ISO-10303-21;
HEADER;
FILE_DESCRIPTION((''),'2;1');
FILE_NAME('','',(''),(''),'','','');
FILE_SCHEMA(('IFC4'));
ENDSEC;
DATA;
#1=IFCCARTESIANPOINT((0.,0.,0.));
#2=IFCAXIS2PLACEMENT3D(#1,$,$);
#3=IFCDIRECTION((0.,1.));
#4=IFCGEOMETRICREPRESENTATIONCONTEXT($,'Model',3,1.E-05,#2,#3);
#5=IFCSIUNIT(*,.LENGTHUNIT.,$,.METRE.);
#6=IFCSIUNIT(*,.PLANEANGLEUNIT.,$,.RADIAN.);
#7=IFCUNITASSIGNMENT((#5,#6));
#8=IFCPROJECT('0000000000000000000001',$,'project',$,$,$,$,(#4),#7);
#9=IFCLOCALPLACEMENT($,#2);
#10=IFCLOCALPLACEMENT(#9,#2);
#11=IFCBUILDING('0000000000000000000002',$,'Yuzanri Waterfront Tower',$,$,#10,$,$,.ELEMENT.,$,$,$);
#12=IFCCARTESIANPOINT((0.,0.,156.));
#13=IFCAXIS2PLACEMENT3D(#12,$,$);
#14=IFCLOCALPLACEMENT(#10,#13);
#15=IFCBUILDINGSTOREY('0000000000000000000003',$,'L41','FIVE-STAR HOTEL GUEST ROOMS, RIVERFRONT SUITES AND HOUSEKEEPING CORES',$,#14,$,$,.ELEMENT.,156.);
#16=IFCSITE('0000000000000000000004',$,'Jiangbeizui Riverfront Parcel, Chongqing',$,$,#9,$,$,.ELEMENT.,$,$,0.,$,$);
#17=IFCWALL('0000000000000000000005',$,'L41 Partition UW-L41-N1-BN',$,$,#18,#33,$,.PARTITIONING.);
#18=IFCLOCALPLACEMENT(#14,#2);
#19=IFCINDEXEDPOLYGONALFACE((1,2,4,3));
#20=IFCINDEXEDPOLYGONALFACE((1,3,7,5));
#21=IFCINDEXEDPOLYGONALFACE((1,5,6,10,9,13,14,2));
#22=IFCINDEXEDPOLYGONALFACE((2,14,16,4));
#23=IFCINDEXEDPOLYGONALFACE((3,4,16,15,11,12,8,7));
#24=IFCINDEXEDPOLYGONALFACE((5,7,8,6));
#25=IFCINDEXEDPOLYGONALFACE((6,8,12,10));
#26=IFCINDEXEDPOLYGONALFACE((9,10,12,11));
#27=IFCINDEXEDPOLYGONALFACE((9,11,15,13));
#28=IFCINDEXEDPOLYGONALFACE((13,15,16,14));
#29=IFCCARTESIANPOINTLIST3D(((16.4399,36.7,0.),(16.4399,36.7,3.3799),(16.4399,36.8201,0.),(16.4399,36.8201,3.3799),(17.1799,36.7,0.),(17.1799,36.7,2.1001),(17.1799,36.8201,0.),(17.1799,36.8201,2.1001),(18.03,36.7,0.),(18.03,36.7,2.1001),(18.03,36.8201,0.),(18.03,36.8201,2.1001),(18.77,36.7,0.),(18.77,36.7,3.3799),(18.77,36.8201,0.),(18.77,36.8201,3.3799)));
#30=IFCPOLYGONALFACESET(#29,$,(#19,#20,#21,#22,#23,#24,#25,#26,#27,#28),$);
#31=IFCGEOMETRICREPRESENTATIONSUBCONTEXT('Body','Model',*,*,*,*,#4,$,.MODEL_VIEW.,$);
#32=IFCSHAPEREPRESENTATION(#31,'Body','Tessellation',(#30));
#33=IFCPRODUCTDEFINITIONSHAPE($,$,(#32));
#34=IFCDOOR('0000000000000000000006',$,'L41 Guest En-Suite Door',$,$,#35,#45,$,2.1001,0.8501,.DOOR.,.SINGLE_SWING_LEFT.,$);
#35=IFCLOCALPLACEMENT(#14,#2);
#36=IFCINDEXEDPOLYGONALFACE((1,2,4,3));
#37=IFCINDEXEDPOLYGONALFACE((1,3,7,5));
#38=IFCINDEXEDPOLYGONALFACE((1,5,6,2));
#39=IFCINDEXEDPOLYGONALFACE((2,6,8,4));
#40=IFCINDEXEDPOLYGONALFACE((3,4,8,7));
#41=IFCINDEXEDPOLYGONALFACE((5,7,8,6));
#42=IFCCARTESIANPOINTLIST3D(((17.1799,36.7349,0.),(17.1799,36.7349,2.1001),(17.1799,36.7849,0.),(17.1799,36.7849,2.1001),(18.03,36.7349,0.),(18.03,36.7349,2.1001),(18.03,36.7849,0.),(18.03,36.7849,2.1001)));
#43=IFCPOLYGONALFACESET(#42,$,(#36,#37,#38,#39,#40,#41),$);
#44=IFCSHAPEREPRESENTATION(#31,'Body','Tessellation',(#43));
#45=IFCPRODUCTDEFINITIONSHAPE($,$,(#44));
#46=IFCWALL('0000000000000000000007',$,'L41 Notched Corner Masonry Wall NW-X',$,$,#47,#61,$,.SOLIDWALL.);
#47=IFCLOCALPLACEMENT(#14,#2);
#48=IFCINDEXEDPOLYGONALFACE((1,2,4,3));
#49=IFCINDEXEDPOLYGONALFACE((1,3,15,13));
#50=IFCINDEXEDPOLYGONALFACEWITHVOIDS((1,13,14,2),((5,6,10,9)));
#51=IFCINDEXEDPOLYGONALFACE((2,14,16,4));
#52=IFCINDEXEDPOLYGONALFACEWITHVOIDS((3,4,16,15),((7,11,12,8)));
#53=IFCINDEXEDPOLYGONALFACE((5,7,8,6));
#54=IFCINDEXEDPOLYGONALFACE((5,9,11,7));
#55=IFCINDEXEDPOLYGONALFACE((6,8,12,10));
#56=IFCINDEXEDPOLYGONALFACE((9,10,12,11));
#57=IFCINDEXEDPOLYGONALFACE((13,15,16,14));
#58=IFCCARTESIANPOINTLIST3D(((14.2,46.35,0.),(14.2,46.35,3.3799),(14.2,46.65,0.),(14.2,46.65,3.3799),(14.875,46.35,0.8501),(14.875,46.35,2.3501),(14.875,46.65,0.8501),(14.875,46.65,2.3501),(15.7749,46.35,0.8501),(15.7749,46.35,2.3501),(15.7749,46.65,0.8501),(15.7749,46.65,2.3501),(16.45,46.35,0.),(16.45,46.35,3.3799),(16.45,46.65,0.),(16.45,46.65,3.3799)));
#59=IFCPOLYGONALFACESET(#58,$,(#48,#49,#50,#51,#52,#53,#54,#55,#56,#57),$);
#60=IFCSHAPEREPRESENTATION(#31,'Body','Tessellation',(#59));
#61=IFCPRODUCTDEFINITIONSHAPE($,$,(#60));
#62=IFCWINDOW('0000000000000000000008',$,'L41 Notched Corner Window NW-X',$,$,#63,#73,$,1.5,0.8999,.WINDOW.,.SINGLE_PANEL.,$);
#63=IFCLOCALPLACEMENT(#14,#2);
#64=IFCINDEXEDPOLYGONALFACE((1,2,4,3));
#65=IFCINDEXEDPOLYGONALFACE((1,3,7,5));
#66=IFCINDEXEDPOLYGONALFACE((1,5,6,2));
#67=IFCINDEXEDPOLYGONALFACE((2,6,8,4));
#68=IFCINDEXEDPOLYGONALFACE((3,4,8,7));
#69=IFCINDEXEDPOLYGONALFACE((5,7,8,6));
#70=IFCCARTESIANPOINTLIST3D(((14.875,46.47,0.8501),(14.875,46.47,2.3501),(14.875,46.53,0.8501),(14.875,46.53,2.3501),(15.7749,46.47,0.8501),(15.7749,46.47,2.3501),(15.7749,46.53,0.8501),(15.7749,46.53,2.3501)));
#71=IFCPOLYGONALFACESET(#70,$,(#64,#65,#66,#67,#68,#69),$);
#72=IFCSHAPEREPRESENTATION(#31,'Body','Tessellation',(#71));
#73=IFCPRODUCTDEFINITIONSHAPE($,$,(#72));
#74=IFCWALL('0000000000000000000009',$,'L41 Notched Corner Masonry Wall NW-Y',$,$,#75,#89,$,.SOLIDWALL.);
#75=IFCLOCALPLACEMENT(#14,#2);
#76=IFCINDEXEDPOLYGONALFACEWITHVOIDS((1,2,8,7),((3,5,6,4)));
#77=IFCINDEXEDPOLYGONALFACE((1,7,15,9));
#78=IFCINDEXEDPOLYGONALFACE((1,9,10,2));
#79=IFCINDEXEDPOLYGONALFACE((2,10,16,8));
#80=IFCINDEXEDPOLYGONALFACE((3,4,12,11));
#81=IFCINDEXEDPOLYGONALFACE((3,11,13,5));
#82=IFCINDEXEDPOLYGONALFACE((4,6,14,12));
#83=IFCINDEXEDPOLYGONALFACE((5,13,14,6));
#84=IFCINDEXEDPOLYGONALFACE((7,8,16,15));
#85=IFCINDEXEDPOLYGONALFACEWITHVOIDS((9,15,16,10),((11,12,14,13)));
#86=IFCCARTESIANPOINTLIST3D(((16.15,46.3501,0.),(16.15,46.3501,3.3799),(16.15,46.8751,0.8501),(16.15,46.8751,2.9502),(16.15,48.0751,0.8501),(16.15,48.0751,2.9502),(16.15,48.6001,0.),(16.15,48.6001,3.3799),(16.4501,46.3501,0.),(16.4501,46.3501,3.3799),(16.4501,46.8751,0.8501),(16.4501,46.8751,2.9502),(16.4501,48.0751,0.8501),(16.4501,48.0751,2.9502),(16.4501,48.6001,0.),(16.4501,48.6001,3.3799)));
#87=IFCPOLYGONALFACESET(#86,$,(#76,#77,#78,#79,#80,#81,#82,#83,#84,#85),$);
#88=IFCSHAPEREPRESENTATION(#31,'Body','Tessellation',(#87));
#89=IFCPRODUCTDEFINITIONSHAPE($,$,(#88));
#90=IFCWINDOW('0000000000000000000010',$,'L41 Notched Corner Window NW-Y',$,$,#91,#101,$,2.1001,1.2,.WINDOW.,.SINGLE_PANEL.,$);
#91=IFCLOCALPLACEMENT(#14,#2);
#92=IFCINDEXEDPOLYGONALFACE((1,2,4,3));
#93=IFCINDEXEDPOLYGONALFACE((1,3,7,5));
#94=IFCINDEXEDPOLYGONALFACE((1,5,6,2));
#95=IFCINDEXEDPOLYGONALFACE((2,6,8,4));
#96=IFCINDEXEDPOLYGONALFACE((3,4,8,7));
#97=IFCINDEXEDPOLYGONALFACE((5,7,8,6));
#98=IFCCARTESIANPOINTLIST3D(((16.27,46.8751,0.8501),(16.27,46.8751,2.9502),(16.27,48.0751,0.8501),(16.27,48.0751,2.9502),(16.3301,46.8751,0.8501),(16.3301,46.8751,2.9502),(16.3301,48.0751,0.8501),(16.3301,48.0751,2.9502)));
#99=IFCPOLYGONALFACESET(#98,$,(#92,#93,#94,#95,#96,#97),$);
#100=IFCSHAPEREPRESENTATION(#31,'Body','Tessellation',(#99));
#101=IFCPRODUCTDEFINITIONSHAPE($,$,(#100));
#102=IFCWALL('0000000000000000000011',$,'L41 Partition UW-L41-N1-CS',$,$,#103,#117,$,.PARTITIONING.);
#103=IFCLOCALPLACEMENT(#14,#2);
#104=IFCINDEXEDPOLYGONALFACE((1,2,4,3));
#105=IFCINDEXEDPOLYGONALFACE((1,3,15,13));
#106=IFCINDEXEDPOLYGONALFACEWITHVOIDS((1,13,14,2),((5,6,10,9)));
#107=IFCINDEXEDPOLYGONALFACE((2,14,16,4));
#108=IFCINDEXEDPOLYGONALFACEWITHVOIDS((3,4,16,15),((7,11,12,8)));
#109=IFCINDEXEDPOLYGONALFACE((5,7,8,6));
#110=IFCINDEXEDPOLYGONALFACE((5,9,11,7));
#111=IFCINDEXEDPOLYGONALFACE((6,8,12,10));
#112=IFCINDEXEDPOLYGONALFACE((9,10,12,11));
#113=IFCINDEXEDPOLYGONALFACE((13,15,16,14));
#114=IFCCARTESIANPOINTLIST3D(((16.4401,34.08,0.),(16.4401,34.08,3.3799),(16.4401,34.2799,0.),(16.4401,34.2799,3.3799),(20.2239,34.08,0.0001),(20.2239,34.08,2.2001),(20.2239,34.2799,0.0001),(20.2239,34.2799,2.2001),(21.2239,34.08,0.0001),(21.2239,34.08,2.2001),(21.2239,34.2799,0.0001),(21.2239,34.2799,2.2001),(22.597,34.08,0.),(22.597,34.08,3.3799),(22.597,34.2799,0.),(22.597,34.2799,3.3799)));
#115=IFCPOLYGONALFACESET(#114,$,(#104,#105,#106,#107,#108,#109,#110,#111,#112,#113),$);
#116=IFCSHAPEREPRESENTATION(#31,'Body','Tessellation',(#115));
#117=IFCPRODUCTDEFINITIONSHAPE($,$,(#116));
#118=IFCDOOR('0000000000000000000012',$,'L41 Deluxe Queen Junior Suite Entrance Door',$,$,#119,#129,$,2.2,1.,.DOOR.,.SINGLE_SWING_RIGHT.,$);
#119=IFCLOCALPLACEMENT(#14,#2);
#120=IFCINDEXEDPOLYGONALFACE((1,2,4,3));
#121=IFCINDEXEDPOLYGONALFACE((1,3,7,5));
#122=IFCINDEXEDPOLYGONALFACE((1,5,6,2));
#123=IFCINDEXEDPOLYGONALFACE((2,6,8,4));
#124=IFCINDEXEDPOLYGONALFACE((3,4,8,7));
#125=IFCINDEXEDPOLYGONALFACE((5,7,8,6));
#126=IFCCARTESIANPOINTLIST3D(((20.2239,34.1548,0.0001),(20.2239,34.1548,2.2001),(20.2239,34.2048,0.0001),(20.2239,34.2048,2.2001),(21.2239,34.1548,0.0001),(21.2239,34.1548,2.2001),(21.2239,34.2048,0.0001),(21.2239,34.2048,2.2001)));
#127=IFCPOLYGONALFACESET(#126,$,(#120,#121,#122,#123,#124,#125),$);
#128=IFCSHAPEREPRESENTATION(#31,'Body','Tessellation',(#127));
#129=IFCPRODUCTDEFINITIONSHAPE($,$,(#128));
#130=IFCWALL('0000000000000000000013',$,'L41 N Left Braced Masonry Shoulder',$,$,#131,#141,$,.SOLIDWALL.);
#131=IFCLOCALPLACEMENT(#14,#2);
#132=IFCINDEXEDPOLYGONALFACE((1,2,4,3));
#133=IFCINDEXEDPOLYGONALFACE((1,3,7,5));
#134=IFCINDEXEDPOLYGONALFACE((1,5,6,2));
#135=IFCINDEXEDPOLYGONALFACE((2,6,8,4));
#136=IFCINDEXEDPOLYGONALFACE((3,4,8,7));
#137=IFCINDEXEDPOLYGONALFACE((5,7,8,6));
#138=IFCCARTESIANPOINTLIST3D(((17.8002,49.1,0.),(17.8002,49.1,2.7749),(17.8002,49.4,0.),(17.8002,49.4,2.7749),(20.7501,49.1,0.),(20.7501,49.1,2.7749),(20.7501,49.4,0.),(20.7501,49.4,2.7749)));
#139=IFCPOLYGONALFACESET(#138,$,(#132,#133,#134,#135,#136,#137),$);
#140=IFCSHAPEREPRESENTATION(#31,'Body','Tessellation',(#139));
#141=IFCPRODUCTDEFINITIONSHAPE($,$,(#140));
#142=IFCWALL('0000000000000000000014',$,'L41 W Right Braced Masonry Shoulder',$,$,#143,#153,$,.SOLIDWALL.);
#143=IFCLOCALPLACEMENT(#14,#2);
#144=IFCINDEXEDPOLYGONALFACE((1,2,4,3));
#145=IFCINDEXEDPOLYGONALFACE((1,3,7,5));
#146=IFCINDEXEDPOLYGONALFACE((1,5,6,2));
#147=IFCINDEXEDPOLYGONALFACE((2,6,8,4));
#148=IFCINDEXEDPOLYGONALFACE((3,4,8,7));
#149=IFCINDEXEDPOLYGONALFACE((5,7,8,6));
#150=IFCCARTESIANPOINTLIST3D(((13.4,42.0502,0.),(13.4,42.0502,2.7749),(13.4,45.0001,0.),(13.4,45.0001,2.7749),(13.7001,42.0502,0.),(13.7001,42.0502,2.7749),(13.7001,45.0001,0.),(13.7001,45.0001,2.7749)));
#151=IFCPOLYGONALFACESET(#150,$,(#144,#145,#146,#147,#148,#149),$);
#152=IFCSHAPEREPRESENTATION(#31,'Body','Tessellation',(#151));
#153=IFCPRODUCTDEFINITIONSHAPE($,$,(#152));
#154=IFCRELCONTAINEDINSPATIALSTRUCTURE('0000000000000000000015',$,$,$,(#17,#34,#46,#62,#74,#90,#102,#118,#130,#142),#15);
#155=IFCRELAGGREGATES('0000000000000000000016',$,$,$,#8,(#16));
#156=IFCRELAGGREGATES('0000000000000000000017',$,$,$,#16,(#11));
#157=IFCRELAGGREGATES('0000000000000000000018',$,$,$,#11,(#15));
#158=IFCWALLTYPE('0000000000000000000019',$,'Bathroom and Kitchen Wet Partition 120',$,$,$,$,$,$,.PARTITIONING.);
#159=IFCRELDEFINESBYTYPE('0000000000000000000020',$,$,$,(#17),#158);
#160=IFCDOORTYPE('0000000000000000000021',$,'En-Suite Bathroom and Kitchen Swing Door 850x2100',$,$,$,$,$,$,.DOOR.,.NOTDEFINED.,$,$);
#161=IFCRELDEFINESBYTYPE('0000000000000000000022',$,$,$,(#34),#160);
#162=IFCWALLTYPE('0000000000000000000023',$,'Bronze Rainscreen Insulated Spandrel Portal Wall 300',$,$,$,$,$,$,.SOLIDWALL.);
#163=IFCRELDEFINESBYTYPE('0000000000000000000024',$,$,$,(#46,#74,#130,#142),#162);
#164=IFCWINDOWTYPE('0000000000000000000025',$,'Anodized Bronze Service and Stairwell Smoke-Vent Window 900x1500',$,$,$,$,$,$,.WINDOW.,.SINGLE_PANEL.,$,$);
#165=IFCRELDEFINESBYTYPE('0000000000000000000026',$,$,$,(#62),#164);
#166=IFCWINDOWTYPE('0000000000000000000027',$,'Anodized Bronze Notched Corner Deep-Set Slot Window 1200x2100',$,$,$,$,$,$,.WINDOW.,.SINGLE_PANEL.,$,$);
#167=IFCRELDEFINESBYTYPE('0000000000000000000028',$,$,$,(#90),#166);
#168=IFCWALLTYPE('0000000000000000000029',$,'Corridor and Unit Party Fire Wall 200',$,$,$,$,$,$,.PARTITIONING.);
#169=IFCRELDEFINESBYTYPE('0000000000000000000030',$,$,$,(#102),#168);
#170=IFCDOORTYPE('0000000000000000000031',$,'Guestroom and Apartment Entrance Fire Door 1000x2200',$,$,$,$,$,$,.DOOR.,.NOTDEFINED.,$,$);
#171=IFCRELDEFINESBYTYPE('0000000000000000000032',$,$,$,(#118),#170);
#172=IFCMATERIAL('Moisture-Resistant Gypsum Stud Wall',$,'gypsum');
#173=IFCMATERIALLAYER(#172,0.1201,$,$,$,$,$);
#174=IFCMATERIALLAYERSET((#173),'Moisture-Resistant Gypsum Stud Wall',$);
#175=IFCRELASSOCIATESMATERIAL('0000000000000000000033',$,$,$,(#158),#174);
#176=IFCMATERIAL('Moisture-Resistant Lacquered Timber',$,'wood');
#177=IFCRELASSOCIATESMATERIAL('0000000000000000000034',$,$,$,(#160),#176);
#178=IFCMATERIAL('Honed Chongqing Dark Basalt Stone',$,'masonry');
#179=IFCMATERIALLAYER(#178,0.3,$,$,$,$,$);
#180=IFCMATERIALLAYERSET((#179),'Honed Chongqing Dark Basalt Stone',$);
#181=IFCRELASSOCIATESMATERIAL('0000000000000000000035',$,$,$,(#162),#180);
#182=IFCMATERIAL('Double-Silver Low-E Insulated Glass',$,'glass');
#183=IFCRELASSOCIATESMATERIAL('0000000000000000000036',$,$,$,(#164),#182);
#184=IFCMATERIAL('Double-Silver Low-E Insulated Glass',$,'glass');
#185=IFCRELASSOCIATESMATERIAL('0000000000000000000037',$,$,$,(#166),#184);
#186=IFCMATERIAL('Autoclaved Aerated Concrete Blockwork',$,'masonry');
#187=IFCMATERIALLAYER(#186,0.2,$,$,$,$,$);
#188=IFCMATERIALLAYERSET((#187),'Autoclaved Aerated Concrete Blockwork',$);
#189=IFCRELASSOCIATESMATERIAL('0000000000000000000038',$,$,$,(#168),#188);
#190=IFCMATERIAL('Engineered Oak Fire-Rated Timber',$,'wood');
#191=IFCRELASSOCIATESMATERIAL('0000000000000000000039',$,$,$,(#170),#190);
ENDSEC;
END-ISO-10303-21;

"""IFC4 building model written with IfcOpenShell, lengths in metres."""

from ifc_helpers import new_model, si_unit, direction, frame, frame_2d, origin, place, context, subcontext, project, spatial, rectangle, extrude, source, transform, mapped, material, layer, layer_set, type_object, element, fill, save


model = new_model("IFC4")

# Units and contexts
model_context = context("Model", 3, precision=1e-05, world=origin(), true_north=direction((0.0, 1.0)))
body_context = subcontext(model_context, "Body", "Model", "MODEL_VIEW")
ifc_project = project(units=[si_unit("LENGTHUNIT", "METRE"), si_unit("PLANEANGLEUNIT", "RADIAN")], contexts=[model_context])

# Site, building, storey
site_placement = place(None, origin())
site = spatial("IfcSite", under=ifc_project, at=site_placement, Name="Jiangbeizui Riverfront Parcel, Chongqing", CompositionType="ELEMENT", RefElevation=0.0)
building_placement = place(site_placement, origin())
building = spatial("IfcBuilding", under=site, at=building_placement, Name="Yuzanri Waterfront Tower", CompositionType="ELEMENT")
storey_placement = place(building_placement, frame((0.0, 0.0, 156.0)))
storey = spatial("IfcBuildingStorey", under=building, at=storey_placement, Name="L41", Description="FIVE-STAR HOTEL GUEST ROOMS, RIVERFRONT SUITES AND HOUSEKEEPING CORES", CompositionType="ELEMENT", Elevation=156.0)

# Wall, opening, door
ifc_material_1 = material(Name="Moisture-Resistant Gypsum Stud Wall", Category="gypsum")
ifc_layer_1 = layer(ifc_material_1, 0.1201)
ifc_layer_set_1 = layer_set([ifc_layer_1], Name="Moisture-Resistant Gypsum Stud Wall")
wall_type_1 = type_object("IfcWallType", Name="Bathroom and Kitchen Wet Partition 120", PredefinedType="PARTITIONING", material=ifc_layer_set_1)
wall_1_placement = place(storey_placement, frame((16.4399, 36.76, 0.0), z_axis=(0.0, 0.0, 1.0), x_axis=(1.0, 0.0, 0.0)))
wall_1 = element("IfcWall", 1, at=wall_1_placement, inside=storey, type_object=wall_type_1, Name="L41 Partition UW-L41-N1-BN", PredefinedType="PARTITIONING", context=body_context, shape_type="SweptSolid", body=[
    extrude(rectangle(XDim=2.3301, YDim=0.1201, at=frame_2d((1.165, 0.0))), origin(), (0.0, 0.0, 1.0), 3.3799),
])
opening_1_placement = place(wall_1_placement, frame((0.74, 0.0, 0.0)))
opening_1 = element("IfcOpeningElement", 2, at=opening_1_placement, cuts=wall_1, PredefinedType="OPENING", context=body_context, shape_type="SweptSolid", body=[
    extrude(rectangle(XDim=0.8501, YDim=2.1001, at=frame_2d((0.425, 1.05))), frame((0.0, 0.075, 0.0), z_axis=(0.0, -1.0, 0.0), x_axis=(1.0, 0.0, 0.0)), (0.0, 0.0, 1.0), 0.1499),
])
ifc_material_2 = material(Name="Moisture-Resistant Lacquered Timber", Category="wood")
door_type_1 = type_object("IfcDoorType", Name="En-Suite Bathroom and Kitchen Swing Door 850x2100", OperationType="NOTDEFINED", PredefinedType="DOOR", material=ifc_material_2)
shared_shape_1 = source(origin(), body_context, "Body", "SweptSolid", [
    extrude(rectangle(XDim=0.8501, YDim=2.1001, at=frame_2d((0.425, 1.05))), frame((0.0, 0.0249, 0.0), z_axis=(0.0, -1.0, 0.0), x_axis=(1.0, 0.0, 0.0)), (0.0, 0.0, 1.0), 0.05),
])
door_1_placement = place(opening_1_placement, origin())
door_1 = element("IfcDoor", 3, at=door_1_placement, inside=storey, type_object=door_type_1, Name="L41 Guest En-Suite Door", OperationType="SINGLE_SWING_LEFT", OverallHeight=2.1001, OverallWidth=0.8501, PredefinedType="DOOR", context=body_context, shape_type="MappedRepresentation", body=[
    mapped(shared_shape_1, transform((0.0, 0.0, 0.0), scale=1.0)),
])
fill(opening_1, door_1)

# Walls, openings, windows
ifc_material_3 = material(Name="Honed Chongqing Dark Basalt Stone", Category="masonry")
ifc_layer_2 = layer(ifc_material_3, 0.3)
ifc_layer_set_2 = layer_set([ifc_layer_2], Name="Honed Chongqing Dark Basalt Stone")
wall_type_2 = type_object("IfcWallType", Name="Bronze Rainscreen Insulated Spandrel Portal Wall 300", PredefinedType="SOLIDWALL", material=ifc_layer_set_2)
wall_2_placement = place(storey_placement, frame((16.45, 46.5, 0.0), z_axis=(0.0, 0.0, 1.0), x_axis=(-1.0, 0.0, 0.0)))
wall_2 = element("IfcWall", 4, at=wall_2_placement, inside=storey, type_object=wall_type_2, Name="L41 Notched Corner Masonry Wall NW-X", PredefinedType="SOLIDWALL", context=body_context, shape_type="SweptSolid", body=[
    extrude(rectangle(XDim=2.25, YDim=0.3, at=frame_2d((1.125, 0.0))), origin(), (0.0, 0.0, 1.0), 3.3799),
])
opening_2_placement = place(wall_2_placement, frame((0.675, 0.0, 0.8501)))
opening_2 = element("IfcOpeningElement", 5, at=opening_2_placement, cuts=wall_2, PredefinedType="OPENING", context=body_context, shape_type="SweptSolid", body=[
    extrude(rectangle(XDim=0.8999, YDim=1.5, at=frame_2d((0.45, 0.75))), frame((0.0, 0.165, 0.0), z_axis=(0.0, -1.0, 0.0), x_axis=(1.0, 0.0, 0.0)), (0.0, 0.0, 1.0), 0.3298),
])
ifc_material_4 = material(Name="Double-Silver Low-E Insulated Glass", Category="glass")
window_type_1 = type_object("IfcWindowType", Name="Anodized Bronze Service and Stairwell Smoke-Vent Window 900x1500", PartitioningType="SINGLE_PANEL", PredefinedType="WINDOW", material=ifc_material_4)
shared_shape_2 = source(origin(), body_context, "Body", "SweptSolid", [
    extrude(rectangle(XDim=0.8999, YDim=1.5, at=frame_2d((0.45, 0.75))), frame((0.0, 0.03, 0.0), z_axis=(0.0, -1.0, 0.0), x_axis=(1.0, 0.0, 0.0)), (0.0, 0.0, 1.0), 0.0601),
])
window_1_placement = place(opening_2_placement, origin())
window_1 = element("IfcWindow", 6, at=window_1_placement, inside=storey, type_object=window_type_1, Name="L41 Notched Corner Window NW-X", OverallHeight=1.5, OverallWidth=0.8999, PartitioningType="SINGLE_PANEL", PredefinedType="WINDOW", context=body_context, shape_type="MappedRepresentation", body=[
    mapped(shared_shape_2, transform((0.0, 0.0, 0.0), scale=1.0)),
])
fill(opening_2, window_1)
wall_3_placement = place(storey_placement, frame((16.3, 48.6001, 0.0), z_axis=(0.0, 0.0, 1.0), x_axis=(0.0, -1.0, 0.0)))
wall_3 = element("IfcWall", 7, at=wall_3_placement, inside=storey, type_object=wall_type_2, Name="L41 Notched Corner Masonry Wall NW-Y", PredefinedType="SOLIDWALL", context=body_context, shape_type="SweptSolid", body=[
    extrude(rectangle(XDim=2.25, YDim=0.3, at=frame_2d((1.125, 0.0))), origin(), (0.0, 0.0, 1.0), 3.3799),
])
opening_3_placement = place(wall_3_placement, frame((0.5249, 0.0, 0.8501)))
opening_3 = element("IfcOpeningElement", 8, at=opening_3_placement, cuts=wall_3, PredefinedType="OPENING", context=body_context, shape_type="SweptSolid", body=[
    extrude(rectangle(XDim=1.2, YDim=2.1001, at=frame_2d((0.6001, 1.05))), frame((0.0, 0.165, 0.0), z_axis=(0.0, -1.0, 0.0), x_axis=(1.0, 0.0, 0.0)), (0.0, 0.0, 1.0), 0.3298),
])
ifc_material_5 = material(Name="Double-Silver Low-E Insulated Glass", Category="glass")
window_type_2 = type_object("IfcWindowType", Name="Anodized Bronze Notched Corner Deep-Set Slot Window 1200x2100", PartitioningType="SINGLE_PANEL", PredefinedType="WINDOW", material=ifc_material_5)
shared_shape_3 = source(origin(), body_context, "Body", "SweptSolid", [
    extrude(rectangle(XDim=1.2, YDim=2.1001, at=frame_2d((0.6001, 1.05))), frame((0.0, 0.03, 0.0), z_axis=(0.0, -1.0, 0.0), x_axis=(1.0, 0.0, 0.0)), (0.0, 0.0, 1.0), 0.0601),
])
window_2_placement = place(opening_3_placement, origin())
window_2 = element("IfcWindow", 9, at=window_2_placement, inside=storey, type_object=window_type_2, Name="L41 Notched Corner Window NW-Y", OverallHeight=2.1001, OverallWidth=1.2, PartitioningType="SINGLE_PANEL", PredefinedType="WINDOW", context=body_context, shape_type="MappedRepresentation", body=[
    mapped(shared_shape_3, transform((0.0, 0.0, 0.0), scale=1.0)),
])
fill(opening_3, window_2)

# Wall, opening, door
ifc_material_6 = material(Name="Autoclaved Aerated Concrete Blockwork", Category="masonry")
ifc_layer_3 = layer(ifc_material_6, 0.2)
ifc_layer_set_3 = layer_set([ifc_layer_3], Name="Autoclaved Aerated Concrete Blockwork")
wall_type_3 = type_object("IfcWallType", Name="Corridor and Unit Party Fire Wall 200", PredefinedType="PARTITIONING", material=ifc_layer_set_3)
wall_4_placement = place(storey_placement, frame((16.4399, 34.1799, 0.0), z_axis=(0.0, 0.0, 1.0), x_axis=(1.0, 0.0, 0.0)))
wall_4 = element("IfcWall", 10, at=wall_4_placement, inside=storey, type_object=wall_type_3, Name="L41 Partition UW-L41-N1-CS", PredefinedType="PARTITIONING", context=body_context, shape_type="SweptSolid", body=[
    extrude(rectangle(XDim=6.157, YDim=0.2, at=frame_2d((3.0786, 0.0))), origin(), (0.0, 0.0, 1.0), 3.3799),
])
opening_4_placement = place(wall_4_placement, frame((3.7839, 0.0, 0.0)))
opening_4 = element("IfcOpeningElement", 11, at=opening_4_placement, cuts=wall_4, PredefinedType="OPENING", context=body_context, shape_type="SweptSolid", body=[
    extrude(rectangle(XDim=1.0, YDim=2.2, at=frame_2d((0.5, 1.1001))), frame((0.0, 0.1147, 0.0), z_axis=(0.0, -1.0, 0.0), x_axis=(1.0, 0.0, 0.0)), (0.0, 0.0, 1.0), 0.2297),
])
ifc_material_7 = material(Name="Engineered Oak Fire-Rated Timber", Category="wood")
door_type_2 = type_object("IfcDoorType", Name="Guestroom and Apartment Entrance Fire Door 1000x2200", OperationType="NOTDEFINED", PredefinedType="DOOR", material=ifc_material_7)
shared_shape_4 = source(origin(), body_context, "Body", "SweptSolid", [
    extrude(rectangle(XDim=1.0, YDim=2.2, at=frame_2d((0.5, 1.1001))), frame((0.0, 0.0249, 0.0), z_axis=(0.0, -1.0, 0.0), x_axis=(1.0, 0.0, 0.0)), (0.0, 0.0, 1.0), 0.05),
])
door_2_placement = place(opening_4_placement, origin())
door_2 = element("IfcDoor", 12, at=door_2_placement, inside=storey, type_object=door_type_2, Name="L41 Deluxe Queen Junior Suite Entrance Door", OperationType="SINGLE_SWING_RIGHT", OverallHeight=2.2, OverallWidth=1.0, PredefinedType="DOOR", context=body_context, shape_type="MappedRepresentation", body=[
    mapped(shared_shape_4, transform((0.0, 0.0, 0.0), scale=1.0)),
])
fill(opening_4, door_2)

# Walls
shared_shape_5 = source(origin(), body_context, "Body", "SweptSolid", [
    extrude(rectangle(XDim=2.95, YDim=0.3, at=frame_2d((1.4751, 0.0))), origin(), (0.0, 0.0, 1.0), 2.7749),
])
for number, where, z_axis, x_axis, name in (
    (13, (17.8, 49.25, 0.0), (0.0, 0.0, 1.0), (1.0, 0.0, 0.0), "L41 N Left Braced Masonry Shoulder"),
    (14, (13.55, 42.05, 0.0), (0.0, 0.0, 1.0), (0.0, 1.0, 0.0), "L41 W Right Braced Masonry Shoulder"),
):
    element("IfcWall", number, at=place(storey_placement, frame(where, z_axis=z_axis, x_axis=x_axis)), inside=storey, type_object=wall_type_2, Name=name, PredefinedType="SOLIDWALL", context=body_context, shape_type="MappedRepresentation", body=[
        mapped(shared_shape_5, transform((0.0, 0.0, 0.0), scale=1.0)),
    ])

save(model, "model.ifc")
